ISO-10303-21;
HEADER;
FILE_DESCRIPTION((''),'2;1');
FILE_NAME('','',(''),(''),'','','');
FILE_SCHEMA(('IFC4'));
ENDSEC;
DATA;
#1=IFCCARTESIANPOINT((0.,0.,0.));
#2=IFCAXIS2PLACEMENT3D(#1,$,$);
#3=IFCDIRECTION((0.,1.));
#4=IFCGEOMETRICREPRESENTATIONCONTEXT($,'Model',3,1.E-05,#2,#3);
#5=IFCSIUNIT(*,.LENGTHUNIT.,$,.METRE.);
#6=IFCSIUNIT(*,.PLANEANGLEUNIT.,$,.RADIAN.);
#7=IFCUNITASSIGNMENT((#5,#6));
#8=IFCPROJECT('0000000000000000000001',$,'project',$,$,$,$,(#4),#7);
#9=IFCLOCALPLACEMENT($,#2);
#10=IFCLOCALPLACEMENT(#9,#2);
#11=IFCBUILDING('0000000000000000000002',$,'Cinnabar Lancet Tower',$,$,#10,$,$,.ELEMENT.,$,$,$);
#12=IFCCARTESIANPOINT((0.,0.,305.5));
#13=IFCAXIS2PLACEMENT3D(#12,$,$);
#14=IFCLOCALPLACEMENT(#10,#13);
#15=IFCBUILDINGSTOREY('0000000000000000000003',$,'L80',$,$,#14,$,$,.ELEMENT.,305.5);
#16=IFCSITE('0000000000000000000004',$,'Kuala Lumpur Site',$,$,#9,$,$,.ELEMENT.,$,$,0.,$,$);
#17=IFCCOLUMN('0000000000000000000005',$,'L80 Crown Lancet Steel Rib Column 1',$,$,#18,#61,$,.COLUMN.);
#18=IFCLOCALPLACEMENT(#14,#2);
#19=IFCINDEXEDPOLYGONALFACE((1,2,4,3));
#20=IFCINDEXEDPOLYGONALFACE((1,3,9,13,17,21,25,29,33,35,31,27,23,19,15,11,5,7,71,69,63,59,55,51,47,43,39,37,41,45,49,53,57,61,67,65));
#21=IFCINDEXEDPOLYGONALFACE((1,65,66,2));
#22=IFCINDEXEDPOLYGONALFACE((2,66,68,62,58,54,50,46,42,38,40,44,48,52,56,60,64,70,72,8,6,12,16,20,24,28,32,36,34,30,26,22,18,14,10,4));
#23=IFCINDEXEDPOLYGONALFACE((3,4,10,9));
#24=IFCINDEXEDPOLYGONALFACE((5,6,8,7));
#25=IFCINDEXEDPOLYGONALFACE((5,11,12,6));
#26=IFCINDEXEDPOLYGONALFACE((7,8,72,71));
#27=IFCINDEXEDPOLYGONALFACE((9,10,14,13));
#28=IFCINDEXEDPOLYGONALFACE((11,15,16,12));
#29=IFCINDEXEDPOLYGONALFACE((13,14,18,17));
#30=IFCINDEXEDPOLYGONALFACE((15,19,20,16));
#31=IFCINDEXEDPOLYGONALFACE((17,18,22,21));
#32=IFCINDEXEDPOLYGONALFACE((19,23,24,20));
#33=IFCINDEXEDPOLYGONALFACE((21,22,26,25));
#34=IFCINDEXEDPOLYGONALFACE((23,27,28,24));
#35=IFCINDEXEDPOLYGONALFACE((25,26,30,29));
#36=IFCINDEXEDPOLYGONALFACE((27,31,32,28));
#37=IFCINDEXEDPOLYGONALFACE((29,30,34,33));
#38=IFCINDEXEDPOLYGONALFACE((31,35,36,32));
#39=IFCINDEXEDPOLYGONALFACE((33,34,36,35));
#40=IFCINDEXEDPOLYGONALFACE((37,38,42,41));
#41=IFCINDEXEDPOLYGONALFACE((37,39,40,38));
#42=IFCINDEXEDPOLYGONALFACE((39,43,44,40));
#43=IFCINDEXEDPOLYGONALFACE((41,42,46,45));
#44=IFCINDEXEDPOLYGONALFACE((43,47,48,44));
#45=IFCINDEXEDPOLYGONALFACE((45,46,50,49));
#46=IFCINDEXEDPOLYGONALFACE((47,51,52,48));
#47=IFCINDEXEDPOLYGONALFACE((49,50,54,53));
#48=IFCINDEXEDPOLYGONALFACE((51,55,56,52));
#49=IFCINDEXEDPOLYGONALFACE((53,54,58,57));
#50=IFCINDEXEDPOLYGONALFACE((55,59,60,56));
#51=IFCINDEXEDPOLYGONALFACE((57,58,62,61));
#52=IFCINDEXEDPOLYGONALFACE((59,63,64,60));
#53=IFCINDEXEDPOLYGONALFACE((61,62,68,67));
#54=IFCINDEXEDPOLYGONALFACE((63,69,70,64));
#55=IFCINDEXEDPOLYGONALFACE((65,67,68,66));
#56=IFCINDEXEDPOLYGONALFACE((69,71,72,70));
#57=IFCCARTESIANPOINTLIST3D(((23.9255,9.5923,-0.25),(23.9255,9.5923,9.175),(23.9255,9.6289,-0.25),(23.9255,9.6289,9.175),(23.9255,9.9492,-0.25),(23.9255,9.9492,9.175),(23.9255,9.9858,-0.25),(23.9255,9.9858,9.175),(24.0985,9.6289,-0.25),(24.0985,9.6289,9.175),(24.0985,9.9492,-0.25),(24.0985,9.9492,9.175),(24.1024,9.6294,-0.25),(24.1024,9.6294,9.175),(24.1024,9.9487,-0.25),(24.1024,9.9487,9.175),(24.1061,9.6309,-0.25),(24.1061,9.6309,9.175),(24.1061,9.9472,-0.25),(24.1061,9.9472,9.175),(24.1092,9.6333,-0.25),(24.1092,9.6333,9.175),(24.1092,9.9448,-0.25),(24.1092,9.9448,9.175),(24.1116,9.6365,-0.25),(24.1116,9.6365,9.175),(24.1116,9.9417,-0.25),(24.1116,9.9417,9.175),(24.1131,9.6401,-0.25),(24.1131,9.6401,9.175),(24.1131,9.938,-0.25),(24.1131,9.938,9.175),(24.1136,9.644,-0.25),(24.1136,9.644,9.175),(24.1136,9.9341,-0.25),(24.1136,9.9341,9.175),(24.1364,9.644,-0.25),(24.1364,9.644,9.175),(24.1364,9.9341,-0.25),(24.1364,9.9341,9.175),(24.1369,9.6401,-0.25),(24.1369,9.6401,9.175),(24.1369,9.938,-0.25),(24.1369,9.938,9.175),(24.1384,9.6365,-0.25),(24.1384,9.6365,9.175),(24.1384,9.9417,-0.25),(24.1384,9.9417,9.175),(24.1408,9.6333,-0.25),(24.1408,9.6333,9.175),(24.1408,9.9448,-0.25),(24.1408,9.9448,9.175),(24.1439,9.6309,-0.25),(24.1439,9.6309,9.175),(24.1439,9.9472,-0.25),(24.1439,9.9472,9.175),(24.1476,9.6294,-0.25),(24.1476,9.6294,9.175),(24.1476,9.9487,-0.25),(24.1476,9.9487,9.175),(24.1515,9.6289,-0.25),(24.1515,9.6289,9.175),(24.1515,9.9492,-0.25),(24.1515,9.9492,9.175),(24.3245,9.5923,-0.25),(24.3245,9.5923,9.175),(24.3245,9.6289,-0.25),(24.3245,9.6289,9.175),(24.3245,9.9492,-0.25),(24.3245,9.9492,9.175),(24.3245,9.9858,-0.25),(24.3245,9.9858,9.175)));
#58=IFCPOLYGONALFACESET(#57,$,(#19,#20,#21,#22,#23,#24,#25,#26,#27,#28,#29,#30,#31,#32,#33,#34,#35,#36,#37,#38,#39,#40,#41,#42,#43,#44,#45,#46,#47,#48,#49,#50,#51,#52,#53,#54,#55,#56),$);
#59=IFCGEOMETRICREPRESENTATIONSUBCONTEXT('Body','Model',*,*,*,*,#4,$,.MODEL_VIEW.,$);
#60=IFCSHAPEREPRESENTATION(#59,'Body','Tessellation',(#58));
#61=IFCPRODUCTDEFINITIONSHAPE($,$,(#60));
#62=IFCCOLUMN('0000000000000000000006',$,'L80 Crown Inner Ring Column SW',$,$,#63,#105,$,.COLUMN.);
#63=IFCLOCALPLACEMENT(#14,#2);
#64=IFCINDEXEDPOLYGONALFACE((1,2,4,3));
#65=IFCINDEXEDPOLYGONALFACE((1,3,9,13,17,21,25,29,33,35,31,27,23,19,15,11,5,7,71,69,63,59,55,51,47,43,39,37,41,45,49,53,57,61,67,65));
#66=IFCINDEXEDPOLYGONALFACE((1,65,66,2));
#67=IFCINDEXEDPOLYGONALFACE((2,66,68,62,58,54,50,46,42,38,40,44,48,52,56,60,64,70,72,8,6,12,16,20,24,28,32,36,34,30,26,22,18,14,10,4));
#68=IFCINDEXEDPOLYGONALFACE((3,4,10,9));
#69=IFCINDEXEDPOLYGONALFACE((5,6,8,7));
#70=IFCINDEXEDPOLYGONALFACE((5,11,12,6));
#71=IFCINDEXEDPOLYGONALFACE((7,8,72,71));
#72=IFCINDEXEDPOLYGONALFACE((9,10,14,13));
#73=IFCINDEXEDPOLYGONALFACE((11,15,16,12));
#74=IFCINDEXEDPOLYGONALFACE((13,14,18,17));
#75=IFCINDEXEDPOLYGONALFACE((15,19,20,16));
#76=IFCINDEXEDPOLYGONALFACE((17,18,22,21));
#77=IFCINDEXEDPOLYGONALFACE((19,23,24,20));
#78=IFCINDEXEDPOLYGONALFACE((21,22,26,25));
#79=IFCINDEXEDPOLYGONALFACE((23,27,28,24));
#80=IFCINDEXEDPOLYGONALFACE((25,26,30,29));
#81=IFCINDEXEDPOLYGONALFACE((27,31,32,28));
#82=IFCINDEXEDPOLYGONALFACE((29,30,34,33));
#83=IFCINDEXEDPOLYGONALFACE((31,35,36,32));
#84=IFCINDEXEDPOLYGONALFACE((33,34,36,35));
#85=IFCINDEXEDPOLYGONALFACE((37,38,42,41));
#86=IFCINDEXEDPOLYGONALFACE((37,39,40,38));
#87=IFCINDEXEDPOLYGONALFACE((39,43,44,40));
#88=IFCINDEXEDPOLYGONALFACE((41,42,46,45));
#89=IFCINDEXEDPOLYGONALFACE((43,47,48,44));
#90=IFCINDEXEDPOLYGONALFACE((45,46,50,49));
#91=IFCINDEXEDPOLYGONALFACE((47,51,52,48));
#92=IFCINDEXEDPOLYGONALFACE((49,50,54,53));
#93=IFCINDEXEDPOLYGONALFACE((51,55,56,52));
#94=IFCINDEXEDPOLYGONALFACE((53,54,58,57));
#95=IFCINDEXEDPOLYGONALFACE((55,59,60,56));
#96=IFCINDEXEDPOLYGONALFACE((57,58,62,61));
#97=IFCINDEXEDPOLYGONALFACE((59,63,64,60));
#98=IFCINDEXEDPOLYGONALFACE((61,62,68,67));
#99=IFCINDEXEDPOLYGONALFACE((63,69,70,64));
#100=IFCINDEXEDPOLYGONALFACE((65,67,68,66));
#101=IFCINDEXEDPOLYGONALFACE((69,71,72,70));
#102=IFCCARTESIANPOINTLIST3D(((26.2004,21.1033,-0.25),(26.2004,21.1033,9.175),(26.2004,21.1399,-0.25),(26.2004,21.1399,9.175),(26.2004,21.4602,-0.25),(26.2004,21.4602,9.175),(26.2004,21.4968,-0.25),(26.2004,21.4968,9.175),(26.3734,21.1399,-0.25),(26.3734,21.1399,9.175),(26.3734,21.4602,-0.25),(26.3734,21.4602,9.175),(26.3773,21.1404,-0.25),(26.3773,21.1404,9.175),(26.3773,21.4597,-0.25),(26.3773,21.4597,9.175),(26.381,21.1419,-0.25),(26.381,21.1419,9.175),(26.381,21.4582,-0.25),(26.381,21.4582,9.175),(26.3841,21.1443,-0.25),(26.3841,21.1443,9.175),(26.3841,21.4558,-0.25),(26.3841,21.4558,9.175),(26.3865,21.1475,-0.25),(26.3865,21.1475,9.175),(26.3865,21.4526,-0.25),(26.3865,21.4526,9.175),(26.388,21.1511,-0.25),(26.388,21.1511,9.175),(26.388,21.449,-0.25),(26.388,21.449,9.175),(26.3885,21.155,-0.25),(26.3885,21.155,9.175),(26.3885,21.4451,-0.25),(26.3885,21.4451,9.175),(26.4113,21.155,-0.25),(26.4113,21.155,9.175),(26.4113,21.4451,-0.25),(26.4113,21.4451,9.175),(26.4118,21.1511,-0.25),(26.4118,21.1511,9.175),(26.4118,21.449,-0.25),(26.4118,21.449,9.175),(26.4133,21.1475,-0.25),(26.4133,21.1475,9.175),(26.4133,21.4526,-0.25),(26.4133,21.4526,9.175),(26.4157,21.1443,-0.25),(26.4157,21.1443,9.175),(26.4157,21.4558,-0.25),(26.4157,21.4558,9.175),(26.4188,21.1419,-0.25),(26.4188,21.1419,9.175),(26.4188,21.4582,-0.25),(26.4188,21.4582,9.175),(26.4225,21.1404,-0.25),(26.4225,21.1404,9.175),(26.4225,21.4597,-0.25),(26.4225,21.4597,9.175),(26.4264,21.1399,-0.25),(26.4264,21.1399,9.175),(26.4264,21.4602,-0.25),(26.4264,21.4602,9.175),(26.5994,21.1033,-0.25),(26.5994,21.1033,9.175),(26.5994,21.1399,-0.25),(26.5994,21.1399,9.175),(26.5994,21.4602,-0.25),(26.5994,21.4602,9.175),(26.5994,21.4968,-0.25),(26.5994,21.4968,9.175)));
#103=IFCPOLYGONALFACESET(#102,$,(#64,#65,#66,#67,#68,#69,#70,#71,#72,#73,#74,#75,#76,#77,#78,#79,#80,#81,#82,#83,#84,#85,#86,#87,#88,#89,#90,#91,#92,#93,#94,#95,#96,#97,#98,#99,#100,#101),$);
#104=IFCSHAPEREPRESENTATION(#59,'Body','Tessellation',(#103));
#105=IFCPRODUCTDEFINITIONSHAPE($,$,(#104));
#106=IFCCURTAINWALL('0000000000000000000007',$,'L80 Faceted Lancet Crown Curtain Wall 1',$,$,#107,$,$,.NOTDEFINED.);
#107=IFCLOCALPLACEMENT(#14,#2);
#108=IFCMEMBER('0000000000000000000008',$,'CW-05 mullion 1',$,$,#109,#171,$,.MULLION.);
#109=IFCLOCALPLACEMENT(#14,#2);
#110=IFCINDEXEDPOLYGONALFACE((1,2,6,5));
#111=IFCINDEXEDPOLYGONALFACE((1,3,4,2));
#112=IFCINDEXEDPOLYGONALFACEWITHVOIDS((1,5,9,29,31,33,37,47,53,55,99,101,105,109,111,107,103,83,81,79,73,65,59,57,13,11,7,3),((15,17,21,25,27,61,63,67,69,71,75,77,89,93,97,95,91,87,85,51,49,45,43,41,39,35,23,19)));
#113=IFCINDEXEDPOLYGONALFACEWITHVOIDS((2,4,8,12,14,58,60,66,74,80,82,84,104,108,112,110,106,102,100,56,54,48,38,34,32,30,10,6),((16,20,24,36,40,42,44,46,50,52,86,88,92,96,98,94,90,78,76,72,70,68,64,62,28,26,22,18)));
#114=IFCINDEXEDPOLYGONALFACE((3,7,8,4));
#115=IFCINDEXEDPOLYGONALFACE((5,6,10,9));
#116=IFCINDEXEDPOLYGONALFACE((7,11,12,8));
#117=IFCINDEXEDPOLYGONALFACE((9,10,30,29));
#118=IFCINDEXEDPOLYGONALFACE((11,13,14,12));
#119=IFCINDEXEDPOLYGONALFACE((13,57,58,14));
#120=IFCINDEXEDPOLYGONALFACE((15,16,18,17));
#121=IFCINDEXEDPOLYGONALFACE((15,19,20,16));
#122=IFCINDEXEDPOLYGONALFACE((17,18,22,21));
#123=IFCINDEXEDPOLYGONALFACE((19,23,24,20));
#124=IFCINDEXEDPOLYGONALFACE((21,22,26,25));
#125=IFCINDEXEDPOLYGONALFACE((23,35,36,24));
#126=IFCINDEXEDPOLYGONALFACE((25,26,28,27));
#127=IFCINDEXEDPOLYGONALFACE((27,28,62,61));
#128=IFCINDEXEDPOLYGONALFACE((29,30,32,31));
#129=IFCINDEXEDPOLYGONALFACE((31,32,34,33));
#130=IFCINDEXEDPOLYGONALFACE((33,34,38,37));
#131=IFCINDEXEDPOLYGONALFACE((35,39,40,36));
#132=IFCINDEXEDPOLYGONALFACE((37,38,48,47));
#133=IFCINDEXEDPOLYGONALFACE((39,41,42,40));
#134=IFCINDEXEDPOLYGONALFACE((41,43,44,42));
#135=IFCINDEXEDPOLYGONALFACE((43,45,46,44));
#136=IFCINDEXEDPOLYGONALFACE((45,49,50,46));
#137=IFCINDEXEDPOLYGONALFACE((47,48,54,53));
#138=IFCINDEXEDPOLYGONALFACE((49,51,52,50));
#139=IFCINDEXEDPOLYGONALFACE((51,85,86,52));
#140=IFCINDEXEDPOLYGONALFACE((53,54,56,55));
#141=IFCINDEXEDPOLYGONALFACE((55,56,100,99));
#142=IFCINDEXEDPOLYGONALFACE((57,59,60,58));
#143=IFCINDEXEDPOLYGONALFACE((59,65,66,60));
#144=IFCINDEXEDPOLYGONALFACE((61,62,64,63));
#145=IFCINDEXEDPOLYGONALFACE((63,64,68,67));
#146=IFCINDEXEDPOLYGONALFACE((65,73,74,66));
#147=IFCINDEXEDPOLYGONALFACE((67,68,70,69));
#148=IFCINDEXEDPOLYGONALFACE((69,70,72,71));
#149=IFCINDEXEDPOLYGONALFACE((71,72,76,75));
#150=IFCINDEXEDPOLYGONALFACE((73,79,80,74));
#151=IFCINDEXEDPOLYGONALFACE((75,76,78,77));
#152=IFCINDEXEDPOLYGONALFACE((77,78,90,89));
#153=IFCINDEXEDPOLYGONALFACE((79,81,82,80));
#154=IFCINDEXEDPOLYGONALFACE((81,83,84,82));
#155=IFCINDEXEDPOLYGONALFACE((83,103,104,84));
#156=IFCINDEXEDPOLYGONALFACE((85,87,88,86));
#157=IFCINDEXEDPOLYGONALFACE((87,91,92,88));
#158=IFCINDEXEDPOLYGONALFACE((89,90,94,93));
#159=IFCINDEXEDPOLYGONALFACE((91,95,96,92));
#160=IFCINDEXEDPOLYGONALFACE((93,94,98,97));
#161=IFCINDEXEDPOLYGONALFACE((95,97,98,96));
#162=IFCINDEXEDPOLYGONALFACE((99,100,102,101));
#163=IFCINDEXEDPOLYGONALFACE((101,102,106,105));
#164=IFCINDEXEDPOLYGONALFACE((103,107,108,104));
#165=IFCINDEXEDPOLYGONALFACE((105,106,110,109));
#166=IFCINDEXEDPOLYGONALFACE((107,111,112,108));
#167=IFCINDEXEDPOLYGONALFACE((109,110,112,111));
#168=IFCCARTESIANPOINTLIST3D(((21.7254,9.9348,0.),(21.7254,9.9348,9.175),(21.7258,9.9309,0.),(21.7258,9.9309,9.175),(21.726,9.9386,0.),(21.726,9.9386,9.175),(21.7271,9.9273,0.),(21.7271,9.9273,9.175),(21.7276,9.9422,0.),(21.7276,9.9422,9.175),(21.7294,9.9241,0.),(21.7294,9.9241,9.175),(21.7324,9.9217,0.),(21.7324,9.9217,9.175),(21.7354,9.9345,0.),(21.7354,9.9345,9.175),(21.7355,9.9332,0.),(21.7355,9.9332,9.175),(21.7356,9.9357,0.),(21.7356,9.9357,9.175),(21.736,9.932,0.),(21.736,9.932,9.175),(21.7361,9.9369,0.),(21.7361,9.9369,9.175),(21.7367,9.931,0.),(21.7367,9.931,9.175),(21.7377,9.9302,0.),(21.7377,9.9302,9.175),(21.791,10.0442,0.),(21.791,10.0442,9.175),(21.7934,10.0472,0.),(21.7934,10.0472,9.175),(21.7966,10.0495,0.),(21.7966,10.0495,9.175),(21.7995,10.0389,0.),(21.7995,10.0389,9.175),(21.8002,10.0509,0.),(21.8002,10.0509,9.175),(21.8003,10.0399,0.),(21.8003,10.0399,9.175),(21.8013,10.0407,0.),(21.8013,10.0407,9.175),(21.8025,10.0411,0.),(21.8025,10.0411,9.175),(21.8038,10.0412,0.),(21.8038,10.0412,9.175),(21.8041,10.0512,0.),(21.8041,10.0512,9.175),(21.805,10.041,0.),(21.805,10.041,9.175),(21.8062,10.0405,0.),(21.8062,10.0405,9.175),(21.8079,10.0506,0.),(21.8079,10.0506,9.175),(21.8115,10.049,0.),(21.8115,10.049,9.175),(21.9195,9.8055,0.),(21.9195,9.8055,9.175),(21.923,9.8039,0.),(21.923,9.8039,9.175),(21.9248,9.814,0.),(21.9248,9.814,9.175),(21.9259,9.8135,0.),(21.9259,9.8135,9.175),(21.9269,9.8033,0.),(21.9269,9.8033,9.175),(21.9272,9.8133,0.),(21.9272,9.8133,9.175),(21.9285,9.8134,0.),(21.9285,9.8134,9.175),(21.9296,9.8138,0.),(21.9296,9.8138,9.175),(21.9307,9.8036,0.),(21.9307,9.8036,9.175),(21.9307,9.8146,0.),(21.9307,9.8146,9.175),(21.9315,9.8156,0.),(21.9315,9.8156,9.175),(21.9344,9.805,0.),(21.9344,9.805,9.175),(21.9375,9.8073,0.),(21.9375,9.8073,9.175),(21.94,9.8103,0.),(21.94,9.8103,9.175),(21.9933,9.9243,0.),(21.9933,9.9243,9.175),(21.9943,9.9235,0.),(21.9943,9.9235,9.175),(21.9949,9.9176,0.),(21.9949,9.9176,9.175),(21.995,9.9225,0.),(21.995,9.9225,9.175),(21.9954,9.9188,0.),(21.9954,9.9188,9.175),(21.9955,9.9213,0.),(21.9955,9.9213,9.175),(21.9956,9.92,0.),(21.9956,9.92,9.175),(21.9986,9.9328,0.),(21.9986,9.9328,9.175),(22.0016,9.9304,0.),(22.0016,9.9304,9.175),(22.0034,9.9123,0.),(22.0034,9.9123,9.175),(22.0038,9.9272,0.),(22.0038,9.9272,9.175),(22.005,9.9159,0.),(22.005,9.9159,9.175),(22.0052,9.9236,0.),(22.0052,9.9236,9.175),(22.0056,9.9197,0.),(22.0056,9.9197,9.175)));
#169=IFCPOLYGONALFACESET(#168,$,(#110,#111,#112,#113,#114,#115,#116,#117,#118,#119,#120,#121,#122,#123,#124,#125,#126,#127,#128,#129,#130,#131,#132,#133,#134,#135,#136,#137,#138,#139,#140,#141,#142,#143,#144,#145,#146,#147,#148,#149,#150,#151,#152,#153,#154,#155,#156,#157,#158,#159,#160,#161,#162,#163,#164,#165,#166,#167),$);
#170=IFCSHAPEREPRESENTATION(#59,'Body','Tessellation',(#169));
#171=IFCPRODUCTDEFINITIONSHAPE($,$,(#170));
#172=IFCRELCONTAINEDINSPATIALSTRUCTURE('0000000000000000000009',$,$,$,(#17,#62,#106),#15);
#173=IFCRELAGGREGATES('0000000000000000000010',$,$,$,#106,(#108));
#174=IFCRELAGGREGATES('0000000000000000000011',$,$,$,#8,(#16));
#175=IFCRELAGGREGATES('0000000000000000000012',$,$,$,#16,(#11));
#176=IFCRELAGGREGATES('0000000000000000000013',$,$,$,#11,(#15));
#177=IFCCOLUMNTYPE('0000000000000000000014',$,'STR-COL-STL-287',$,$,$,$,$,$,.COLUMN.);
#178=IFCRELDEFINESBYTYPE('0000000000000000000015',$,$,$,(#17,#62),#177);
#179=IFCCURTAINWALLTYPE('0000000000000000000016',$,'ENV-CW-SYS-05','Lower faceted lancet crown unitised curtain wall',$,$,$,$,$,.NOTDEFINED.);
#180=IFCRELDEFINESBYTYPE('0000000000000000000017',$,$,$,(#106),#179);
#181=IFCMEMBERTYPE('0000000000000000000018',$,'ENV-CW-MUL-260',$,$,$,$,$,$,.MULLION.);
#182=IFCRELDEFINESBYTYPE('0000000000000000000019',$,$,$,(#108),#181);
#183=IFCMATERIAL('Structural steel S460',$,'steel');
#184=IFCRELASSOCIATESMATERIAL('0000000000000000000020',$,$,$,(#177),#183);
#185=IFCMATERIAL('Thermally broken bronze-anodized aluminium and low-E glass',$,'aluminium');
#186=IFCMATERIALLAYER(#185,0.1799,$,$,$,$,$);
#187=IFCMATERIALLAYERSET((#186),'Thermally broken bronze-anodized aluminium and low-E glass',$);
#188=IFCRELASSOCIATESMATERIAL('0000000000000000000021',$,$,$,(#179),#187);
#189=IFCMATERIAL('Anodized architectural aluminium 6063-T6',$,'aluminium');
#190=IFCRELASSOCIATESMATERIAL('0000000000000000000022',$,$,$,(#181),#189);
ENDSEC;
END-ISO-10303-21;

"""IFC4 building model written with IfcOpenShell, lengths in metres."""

from ifc_helpers import new_model, si_unit, direction, frame, origin, origin_2d, place, context, subcontext, project, spatial, hollow_rectangle, i_section, extrude, material, layer, layer_set, material_profile, profile_set, type_object, element, aggregate, save


model = new_model("IFC4")

# Units and contexts
model_context = context("Model", 3, precision=1e-05, world=origin(), true_north=direction((0.0, 1.0)))
body_context = subcontext(model_context, "Body", "Model", "MODEL_VIEW")
ifc_project = project(units=[si_unit("LENGTHUNIT", "METRE"), si_unit("PLANEANGLEUNIT", "RADIAN")], contexts=[model_context])

# Site, building, storey
site_placement = place(None, origin())
site = spatial("IfcSite", under=ifc_project, at=site_placement, Name="Kuala Lumpur Site", CompositionType="ELEMENT", RefElevation=0.0)
building_placement = place(site_placement, origin())
building = spatial("IfcBuilding", under=site, at=building_placement, Name="Cinnabar Lancet Tower", CompositionType="ELEMENT")
storey_placement = place(building_placement, frame((0.0, 0.0, 305.5)))
storey = spatial("IfcBuildingStorey", under=building, at=storey_placement, Name="L80", CompositionType="ELEMENT", Elevation=305.5)

# Columns
ifc_material_1 = material(Name="Structural steel S460", Category="steel")
ifc_material_profile_1 = material_profile(ifc_material_1, i_section(OverallWidth=0.3989, OverallDepth=0.3936, WebThickness=0.0227, FlangeThickness=0.0366, FilletRadius=0.0151, at=origin_2d()), Name="UKC 356x406x287")
ifc_profile_set_1 = profile_set([ifc_material_profile_1], Name="Structural steel S460")
column_type = type_object("IfcColumnType", Name="STR-COL-STL-287", PredefinedType="COLUMN", material=ifc_profile_set_1)
for number, where, z_axis, x_axis, name in (
    (1, (24.125, 9.7891, -0.25), (0.0, 0.0, 1.0), (1.0, 0.0, 0.0), "L80 Crown Lancet Steel Rib Column 1"),
    (2, (26.3999, 21.3, -0.25), (0.0, 0.0, 1.0), (1.0, 0.0, 0.0), "L80 Crown Inner Ring Column SW"),
):
    element("IfcColumn", number, at=place(storey_placement, frame(where, z_axis=z_axis, x_axis=x_axis)), inside=storey, type_object=column_type, Name=name, PredefinedType="COLUMN", context=body_context, shape_type="SweptSolid", body=[
        extrude(i_section(OverallWidth=0.3989, OverallDepth=0.3936, WebThickness=0.0227, FlangeThickness=0.0366, FilletRadius=0.0151, at=origin_2d()), origin(), (0.0, 0.0, 1.0), 9.425),
    ])

# Curtain wall, member
ifc_material_2 = material(Name="Thermally broken bronze-anodized aluminium and low-E glass", Category="aluminium")
ifc_layer_1 = layer(ifc_material_2, 0.1799)
ifc_layer_set_1 = layer_set([ifc_layer_1], Name="Thermally broken bronze-anodized aluminium and low-E glass")
curtain_wall_type = type_object("IfcCurtainWallType", Name="ENV-CW-SYS-05", Description="Lower faceted lancet crown unitised curtain wall", PredefinedType="NOTDEFINED", material=ifc_layer_set_1)
curtain_wall_1_placement = place(storey_placement, origin())
curtain_wall_1 = element("IfcCurtainWall", 3, at=curtain_wall_1_placement, inside=storey, type_object=curtain_wall_type, Name="L80 Faceted Lancet Crown Curtain Wall 1", PredefinedType="NOTDEFINED")
ifc_material_3 = material(Name="Anodized architectural aluminium 6063-T6", Category="aluminium")
ifc_material_profile_2 = material_profile(ifc_material_3, hollow_rectangle(XDim=0.1499, YDim=0.25, WallThickness=0.01, InnerFilletRadius=0.0049, OuterFilletRadius=0.0149, at=origin_2d()), Name="RHS 250x150x10")
ifc_profile_set_2 = profile_set([ifc_material_profile_2], Name="Anodized architectural aluminium 6063-T6")
member_type_1 = type_object("IfcMemberType", Name="ENV-CW-MUL-260", PredefinedType="MULLION", material=ifc_profile_set_2)
member_1_placement = place(storey_placement, frame((21.8655, 9.9272, 0.0), z_axis=(0.0, 0.0, 1.0), x_axis=(0.527496, 0.849557, 0.0)))
member_1 = element("IfcMember", 4, at=member_1_placement, type_object=member_type_1, Name="CW-05 mullion 1", PredefinedType="MULLION", context=body_context, shape_type="SweptSolid", body=[
    extrude(hollow_rectangle(XDim=0.1499, YDim=0.25, WallThickness=0.01, InnerFilletRadius=0.0049, OuterFilletRadius=0.0149, at=origin_2d()), origin(), (0.0, 0.0, 1.0), 9.175),
])

aggregate(curtain_wall_1, [member_1])

save(model, "model.ifc")
